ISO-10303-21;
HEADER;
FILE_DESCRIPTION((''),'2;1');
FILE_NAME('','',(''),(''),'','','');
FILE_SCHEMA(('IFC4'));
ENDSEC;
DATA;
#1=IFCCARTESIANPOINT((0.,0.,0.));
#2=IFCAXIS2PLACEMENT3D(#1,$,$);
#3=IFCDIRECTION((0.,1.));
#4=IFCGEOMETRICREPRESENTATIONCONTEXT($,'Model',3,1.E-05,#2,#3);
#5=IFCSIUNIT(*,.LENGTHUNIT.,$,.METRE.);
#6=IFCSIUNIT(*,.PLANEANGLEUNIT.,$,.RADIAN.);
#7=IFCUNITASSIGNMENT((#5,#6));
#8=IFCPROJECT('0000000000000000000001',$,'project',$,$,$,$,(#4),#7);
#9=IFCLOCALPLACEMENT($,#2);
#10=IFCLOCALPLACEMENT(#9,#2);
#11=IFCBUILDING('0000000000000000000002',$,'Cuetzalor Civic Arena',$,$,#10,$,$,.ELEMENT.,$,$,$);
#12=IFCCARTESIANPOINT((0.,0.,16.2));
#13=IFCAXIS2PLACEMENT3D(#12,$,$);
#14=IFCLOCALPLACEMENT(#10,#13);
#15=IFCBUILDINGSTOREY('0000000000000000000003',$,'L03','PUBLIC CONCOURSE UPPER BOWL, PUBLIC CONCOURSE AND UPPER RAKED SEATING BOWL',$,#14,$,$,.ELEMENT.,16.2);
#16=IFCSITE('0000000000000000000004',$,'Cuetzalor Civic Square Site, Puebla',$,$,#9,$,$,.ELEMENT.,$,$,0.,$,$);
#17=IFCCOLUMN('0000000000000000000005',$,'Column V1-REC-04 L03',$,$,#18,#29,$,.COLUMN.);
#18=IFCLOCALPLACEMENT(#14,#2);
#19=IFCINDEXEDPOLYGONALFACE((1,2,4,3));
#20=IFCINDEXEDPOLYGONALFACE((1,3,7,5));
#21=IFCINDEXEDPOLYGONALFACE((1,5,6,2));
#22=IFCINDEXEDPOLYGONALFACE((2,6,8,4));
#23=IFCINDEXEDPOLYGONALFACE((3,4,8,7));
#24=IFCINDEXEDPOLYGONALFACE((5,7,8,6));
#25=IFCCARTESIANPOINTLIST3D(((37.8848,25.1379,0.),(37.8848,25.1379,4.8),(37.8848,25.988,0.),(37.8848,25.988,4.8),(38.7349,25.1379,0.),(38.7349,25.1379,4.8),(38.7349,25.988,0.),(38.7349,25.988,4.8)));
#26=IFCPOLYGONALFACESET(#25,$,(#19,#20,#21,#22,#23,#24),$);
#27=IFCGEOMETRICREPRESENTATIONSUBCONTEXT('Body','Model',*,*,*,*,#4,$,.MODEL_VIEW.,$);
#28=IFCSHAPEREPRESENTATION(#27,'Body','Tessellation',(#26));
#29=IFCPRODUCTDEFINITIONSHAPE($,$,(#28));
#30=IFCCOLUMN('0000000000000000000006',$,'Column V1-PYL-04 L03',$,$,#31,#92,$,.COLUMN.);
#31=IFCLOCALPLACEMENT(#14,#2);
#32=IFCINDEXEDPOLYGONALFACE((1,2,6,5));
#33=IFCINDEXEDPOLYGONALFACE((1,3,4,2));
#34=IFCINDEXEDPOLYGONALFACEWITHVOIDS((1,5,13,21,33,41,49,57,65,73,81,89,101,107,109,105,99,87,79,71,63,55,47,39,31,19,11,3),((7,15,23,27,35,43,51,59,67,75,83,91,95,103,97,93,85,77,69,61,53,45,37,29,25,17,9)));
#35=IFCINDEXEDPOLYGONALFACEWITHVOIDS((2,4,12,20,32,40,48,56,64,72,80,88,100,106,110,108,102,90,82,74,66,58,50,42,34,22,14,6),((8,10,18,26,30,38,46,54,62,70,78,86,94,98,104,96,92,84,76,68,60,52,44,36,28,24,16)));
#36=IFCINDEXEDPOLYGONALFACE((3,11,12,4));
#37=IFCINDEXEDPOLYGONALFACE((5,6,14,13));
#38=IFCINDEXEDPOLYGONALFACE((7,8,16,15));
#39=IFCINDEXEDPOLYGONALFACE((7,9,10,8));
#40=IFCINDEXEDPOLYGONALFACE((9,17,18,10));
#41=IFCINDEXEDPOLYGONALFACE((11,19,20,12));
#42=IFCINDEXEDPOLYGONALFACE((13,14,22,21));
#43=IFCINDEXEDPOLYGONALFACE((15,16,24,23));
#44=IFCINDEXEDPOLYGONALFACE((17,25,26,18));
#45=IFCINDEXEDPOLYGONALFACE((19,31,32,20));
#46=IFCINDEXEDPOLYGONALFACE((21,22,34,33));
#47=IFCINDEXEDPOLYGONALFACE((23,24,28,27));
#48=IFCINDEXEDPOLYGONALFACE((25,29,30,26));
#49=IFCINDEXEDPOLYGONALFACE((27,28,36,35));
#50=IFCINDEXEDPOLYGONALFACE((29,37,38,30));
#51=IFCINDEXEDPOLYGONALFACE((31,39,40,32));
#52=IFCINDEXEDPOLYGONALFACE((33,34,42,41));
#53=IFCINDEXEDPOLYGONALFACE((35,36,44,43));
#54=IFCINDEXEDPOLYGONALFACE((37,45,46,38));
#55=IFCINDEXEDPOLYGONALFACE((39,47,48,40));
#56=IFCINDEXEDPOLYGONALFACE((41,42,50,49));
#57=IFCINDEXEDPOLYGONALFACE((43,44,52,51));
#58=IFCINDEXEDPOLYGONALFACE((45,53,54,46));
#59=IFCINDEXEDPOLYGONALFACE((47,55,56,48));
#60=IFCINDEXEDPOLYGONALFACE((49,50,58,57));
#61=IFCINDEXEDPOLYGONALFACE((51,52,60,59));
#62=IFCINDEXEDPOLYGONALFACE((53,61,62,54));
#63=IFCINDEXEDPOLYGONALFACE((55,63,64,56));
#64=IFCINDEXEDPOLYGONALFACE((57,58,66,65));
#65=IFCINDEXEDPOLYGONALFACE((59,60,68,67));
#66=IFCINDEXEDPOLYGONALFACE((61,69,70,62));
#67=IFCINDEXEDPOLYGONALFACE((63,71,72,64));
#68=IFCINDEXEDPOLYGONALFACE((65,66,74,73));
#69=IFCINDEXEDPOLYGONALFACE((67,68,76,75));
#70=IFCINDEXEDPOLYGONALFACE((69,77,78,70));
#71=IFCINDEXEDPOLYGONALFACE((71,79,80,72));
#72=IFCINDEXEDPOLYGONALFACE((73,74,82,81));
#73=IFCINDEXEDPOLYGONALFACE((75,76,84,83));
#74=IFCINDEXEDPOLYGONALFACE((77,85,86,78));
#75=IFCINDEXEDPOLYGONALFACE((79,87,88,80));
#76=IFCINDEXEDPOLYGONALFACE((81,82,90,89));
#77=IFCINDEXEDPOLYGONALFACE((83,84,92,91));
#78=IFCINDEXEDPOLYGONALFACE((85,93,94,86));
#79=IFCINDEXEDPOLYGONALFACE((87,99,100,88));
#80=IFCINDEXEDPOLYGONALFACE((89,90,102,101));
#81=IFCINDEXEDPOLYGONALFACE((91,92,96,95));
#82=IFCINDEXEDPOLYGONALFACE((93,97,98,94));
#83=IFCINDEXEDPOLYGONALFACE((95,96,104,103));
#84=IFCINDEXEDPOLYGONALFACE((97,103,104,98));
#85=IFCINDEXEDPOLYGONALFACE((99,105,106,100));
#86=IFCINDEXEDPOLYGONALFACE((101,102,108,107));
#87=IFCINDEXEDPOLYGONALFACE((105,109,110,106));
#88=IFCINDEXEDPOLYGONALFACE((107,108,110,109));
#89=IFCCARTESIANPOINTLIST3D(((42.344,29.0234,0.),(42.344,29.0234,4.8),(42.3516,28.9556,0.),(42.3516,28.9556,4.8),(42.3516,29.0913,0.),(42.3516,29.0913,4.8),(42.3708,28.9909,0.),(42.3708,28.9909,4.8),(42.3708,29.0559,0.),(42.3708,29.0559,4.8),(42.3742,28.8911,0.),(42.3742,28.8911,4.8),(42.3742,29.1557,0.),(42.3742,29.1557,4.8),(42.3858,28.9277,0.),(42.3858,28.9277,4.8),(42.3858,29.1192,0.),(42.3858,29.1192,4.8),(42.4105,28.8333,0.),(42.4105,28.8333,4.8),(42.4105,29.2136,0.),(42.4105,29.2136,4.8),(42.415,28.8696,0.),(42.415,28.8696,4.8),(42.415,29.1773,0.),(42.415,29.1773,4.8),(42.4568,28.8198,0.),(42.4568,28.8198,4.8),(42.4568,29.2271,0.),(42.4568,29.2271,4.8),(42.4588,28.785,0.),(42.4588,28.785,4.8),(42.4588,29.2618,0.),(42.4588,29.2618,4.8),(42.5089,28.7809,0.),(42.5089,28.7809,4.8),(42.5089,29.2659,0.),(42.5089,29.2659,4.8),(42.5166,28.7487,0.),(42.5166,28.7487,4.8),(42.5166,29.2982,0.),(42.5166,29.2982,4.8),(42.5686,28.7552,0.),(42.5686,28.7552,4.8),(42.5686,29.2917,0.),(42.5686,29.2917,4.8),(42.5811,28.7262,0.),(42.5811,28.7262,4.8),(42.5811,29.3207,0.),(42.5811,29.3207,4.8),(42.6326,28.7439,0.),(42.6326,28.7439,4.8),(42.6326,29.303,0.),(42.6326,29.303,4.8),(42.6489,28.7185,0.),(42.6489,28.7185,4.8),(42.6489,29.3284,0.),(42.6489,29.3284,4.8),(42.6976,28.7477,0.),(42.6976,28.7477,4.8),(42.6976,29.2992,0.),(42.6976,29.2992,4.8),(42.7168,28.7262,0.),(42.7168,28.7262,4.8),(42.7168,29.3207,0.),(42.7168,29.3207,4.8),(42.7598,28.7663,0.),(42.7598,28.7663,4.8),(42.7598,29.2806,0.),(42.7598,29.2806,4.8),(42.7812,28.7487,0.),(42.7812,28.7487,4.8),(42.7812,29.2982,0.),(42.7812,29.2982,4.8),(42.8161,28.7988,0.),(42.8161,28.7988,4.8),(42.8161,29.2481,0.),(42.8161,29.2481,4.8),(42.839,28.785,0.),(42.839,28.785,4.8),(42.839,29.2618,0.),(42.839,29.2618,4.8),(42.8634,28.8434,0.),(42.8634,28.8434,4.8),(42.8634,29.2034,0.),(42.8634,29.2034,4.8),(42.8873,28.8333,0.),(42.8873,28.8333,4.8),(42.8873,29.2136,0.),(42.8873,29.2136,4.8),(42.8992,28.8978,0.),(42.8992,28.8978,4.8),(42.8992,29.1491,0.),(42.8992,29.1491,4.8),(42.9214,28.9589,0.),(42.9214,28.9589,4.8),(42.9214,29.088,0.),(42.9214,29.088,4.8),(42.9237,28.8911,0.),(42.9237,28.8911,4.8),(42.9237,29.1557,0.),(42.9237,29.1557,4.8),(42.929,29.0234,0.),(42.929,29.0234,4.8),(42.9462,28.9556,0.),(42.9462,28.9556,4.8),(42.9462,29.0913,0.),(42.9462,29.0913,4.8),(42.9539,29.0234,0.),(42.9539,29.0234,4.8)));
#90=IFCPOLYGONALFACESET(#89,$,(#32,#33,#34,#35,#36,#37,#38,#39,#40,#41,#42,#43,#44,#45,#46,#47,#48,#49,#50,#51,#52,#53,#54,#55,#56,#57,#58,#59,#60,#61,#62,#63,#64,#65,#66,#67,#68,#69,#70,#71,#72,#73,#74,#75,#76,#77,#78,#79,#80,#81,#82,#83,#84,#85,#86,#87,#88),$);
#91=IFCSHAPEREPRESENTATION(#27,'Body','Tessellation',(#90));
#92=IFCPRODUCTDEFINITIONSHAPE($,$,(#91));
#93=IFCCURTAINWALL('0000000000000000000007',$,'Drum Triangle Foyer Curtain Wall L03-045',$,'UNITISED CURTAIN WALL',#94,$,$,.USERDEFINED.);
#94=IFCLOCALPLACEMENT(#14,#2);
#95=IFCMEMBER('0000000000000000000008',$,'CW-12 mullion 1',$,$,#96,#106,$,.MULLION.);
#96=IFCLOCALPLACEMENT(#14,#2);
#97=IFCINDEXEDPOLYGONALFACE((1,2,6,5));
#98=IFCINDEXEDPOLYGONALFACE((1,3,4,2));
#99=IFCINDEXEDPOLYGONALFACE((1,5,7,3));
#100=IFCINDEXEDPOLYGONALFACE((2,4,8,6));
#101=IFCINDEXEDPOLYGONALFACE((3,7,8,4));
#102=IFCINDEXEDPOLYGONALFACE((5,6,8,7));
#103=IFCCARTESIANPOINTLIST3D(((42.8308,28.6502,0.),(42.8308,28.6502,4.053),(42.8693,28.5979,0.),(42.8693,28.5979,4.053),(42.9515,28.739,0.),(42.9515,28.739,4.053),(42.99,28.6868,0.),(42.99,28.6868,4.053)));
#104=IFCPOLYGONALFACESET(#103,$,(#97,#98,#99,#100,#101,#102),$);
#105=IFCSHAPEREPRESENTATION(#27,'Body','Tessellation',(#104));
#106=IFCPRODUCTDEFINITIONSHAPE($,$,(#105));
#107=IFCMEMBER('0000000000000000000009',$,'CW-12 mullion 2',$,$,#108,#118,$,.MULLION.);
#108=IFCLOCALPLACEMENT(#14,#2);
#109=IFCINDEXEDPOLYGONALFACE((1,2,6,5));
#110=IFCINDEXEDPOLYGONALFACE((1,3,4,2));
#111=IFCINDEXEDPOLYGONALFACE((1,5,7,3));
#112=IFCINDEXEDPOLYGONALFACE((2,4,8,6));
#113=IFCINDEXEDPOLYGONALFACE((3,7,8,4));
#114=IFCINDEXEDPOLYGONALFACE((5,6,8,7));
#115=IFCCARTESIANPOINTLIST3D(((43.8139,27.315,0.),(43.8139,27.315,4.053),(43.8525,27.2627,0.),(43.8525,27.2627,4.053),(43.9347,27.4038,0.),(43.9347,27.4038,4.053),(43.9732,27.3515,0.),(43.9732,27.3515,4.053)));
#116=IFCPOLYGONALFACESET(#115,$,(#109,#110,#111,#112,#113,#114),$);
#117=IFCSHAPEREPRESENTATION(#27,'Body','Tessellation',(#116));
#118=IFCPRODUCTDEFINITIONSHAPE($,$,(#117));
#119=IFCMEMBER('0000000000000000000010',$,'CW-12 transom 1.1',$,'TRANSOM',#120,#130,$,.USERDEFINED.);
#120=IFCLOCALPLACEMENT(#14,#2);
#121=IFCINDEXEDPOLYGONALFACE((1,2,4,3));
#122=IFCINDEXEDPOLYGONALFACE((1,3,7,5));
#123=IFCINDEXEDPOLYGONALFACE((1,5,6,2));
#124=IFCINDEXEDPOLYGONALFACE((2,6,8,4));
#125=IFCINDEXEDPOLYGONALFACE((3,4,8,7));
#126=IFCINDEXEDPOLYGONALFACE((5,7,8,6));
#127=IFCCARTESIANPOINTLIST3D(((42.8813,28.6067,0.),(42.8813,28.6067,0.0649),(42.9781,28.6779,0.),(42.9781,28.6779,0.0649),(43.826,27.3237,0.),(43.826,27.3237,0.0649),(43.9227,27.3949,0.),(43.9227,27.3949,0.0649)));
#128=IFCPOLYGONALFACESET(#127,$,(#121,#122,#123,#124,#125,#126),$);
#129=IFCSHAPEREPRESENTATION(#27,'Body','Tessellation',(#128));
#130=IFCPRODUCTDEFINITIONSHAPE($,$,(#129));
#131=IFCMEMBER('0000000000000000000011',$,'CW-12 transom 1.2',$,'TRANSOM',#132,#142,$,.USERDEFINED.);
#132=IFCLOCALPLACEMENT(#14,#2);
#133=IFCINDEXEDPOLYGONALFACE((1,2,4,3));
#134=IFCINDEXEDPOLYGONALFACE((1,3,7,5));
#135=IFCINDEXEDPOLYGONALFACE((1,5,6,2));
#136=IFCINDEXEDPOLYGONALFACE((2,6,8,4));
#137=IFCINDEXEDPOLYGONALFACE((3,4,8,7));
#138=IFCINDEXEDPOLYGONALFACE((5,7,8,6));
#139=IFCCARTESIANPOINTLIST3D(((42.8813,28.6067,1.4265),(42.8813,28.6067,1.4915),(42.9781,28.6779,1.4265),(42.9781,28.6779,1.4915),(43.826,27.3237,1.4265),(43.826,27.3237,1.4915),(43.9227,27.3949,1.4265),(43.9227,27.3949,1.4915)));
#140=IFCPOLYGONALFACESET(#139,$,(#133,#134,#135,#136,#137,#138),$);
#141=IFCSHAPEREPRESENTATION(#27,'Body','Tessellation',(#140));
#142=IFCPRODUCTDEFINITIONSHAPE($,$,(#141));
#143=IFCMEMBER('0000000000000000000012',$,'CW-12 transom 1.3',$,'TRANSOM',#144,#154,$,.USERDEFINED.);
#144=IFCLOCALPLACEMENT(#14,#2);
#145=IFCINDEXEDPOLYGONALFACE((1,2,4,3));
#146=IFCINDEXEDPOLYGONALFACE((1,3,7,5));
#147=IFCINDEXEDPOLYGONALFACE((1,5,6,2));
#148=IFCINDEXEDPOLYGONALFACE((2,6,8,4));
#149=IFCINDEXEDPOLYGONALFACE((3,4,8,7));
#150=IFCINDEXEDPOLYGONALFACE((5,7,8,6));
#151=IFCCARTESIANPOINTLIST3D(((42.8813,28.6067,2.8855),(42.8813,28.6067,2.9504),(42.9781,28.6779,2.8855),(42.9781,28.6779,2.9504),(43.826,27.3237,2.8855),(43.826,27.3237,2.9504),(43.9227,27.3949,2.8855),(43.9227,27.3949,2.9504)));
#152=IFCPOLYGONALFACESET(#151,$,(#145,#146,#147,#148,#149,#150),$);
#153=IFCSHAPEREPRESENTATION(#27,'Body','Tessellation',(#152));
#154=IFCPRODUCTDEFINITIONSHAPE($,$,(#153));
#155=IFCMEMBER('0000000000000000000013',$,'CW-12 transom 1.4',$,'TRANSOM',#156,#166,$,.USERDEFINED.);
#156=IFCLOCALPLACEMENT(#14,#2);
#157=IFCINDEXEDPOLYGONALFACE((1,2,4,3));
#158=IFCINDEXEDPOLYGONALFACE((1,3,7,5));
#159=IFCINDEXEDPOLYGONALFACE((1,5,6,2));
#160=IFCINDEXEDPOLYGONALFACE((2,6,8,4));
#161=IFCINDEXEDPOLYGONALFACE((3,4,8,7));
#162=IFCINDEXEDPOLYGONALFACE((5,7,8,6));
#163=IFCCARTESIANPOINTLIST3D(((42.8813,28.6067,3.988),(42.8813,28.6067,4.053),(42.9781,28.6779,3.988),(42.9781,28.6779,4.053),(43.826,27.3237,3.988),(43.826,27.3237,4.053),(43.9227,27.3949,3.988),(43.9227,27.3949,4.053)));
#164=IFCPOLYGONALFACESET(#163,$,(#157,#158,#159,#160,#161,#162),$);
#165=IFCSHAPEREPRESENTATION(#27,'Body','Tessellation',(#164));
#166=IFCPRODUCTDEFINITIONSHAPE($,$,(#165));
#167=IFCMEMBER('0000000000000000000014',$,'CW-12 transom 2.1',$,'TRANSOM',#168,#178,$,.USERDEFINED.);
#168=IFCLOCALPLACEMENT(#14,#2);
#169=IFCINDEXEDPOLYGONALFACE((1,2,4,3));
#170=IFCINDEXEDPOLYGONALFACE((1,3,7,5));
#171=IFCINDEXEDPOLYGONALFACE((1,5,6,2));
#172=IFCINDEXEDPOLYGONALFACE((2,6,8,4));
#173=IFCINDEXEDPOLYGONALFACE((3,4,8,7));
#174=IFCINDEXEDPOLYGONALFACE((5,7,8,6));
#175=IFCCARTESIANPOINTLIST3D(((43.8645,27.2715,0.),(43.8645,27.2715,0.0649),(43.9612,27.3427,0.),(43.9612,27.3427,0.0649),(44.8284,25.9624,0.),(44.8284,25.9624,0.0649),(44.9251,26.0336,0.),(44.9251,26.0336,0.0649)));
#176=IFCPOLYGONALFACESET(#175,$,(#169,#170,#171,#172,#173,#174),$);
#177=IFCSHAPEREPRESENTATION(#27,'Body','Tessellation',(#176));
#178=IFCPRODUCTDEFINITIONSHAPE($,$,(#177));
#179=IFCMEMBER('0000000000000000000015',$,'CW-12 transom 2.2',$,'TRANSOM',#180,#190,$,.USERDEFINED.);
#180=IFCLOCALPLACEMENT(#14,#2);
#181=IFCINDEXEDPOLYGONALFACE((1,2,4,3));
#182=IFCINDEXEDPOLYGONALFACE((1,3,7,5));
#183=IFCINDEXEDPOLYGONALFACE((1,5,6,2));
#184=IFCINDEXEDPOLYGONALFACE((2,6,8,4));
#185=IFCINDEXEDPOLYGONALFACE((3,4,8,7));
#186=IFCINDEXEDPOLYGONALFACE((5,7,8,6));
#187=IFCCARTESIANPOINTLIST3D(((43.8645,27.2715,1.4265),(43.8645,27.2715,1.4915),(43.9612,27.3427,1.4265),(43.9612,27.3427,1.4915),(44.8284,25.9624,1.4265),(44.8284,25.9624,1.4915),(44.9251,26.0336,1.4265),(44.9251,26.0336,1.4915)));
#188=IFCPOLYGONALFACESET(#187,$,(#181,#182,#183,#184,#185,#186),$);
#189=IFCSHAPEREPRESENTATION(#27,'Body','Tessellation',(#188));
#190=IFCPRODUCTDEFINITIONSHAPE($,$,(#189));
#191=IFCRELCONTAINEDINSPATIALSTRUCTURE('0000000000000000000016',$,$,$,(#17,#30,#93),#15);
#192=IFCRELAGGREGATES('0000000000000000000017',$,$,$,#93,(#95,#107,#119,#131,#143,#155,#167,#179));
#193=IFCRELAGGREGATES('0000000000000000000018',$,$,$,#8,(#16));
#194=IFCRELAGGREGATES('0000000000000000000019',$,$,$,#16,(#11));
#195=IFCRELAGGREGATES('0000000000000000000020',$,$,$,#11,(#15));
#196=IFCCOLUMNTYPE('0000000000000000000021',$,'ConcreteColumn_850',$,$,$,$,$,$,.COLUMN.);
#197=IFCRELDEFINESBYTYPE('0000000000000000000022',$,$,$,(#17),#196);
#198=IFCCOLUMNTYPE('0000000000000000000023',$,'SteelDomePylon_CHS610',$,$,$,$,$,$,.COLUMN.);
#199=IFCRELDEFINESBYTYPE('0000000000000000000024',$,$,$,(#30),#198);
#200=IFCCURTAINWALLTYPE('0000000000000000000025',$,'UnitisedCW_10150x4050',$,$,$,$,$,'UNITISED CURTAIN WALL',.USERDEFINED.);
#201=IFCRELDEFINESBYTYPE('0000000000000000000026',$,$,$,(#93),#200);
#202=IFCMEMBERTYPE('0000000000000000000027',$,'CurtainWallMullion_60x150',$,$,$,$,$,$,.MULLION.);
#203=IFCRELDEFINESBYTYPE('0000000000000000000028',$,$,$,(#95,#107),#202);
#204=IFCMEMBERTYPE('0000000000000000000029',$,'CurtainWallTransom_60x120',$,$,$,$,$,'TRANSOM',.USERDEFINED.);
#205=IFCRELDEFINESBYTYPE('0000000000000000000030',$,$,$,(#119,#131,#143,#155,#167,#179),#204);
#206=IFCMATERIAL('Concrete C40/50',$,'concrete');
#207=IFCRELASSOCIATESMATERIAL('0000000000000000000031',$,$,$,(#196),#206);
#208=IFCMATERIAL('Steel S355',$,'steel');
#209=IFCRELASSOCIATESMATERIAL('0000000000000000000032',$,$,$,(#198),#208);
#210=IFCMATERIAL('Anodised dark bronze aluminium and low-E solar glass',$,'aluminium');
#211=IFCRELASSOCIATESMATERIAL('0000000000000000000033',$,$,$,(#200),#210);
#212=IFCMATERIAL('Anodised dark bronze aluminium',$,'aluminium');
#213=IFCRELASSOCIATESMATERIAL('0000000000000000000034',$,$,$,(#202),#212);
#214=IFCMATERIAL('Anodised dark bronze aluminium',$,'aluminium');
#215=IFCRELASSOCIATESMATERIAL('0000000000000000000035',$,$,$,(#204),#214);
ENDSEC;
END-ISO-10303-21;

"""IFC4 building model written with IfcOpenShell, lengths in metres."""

from ifc_helpers import new_model, si_unit, direction, frame, origin, origin_2d, place, context, subcontext, project, spatial, rectangle, hollow_circle, extrude, material, material_profile, profile_set, type_object, element, aggregate, save


model = new_model("IFC4")

# Units and contexts
model_context = context("Model", 3, precision=1e-05, world=origin(), true_north=direction((0.0, 1.0)))
body_context = subcontext(model_context, "Body", "Model", "MODEL_VIEW")
ifc_project = project(units=[si_unit("LENGTHUNIT", "METRE"), si_unit("PLANEANGLEUNIT", "RADIAN")], contexts=[model_context])

# Site, building, storey
site_placement = place(None, origin())
site = spatial("IfcSite", under=ifc_project, at=site_placement, Name="Cuetzalor Civic Square Site, Puebla", CompositionType="ELEMENT", RefElevation=0.0)
building_placement = place(site_placement, origin())
building = spatial("IfcBuilding", under=site, at=building_placement, Name="Cuetzalor Civic Arena", CompositionType="ELEMENT")
storey_placement = place(building_placement, frame((0.0, 0.0, 16.2)))
storey = spatial("IfcBuildingStorey", under=building, at=storey_placement, Name="L03", Description="PUBLIC CONCOURSE UPPER BOWL, PUBLIC CONCOURSE AND UPPER RAKED SEATING BOWL", CompositionType="ELEMENT", Elevation=16.2)

# Columns
ifc_material_1 = material(Name="Concrete C40/50", Category="concrete")
ifc_material_profile_1 = material_profile(ifc_material_1, rectangle(XDim=0.8501, YDim=0.8501, at=origin_2d()), Name="RC 850x850")
ifc_profile_set_1 = profile_set([ifc_material_profile_1], Name="Concrete C40/50")
column_type_1 = type_object("IfcColumnType", Name="ConcreteColumn_850", PredefinedType="COLUMN", material=ifc_profile_set_1)
column_1_placement = place(storey_placement, frame((38.3098, 25.563, 0.0), z_axis=(0.0, 0.0, 1.0), x_axis=(1.0, 0.0, 0.0)))
element("IfcColumn", 1, at=column_1_placement, inside=storey, type_object=column_type_1, Name="Column V1-REC-04 L03", PredefinedType="COLUMN", context=body_context, shape_type="SweptSolid", body=[
    extrude(rectangle(XDim=0.8501, YDim=0.8501, at=origin_2d()), origin(), (0.0, 0.0, 1.0), 4.8),
])
ifc_material_2 = material(Name="Steel S355", Category="steel")
ifc_material_profile_2 = material_profile(ifc_material_2, hollow_circle(Radius=0.3049, WallThickness=0.0249, at=origin_2d()), Name="CHS 610x25")
ifc_profile_set_2 = profile_set([ifc_material_profile_2], Name="Steel S355")
column_type_2 = type_object("IfcColumnType", Name="SteelDomePylon_CHS610", PredefinedType="COLUMN", material=ifc_profile_set_2)
column_2_placement = place(storey_placement, frame((42.6489, 29.0234, 0.0), z_axis=(0.0, 0.0, 1.0), x_axis=(1.0, 0.0, 0.0)))
element("IfcColumn", 2, at=column_2_placement, inside=storey, type_object=column_type_2, Name="Column V1-PYL-04 L03", PredefinedType="COLUMN", context=body_context, shape_type="SweptSolid", body=[
    extrude(hollow_circle(Radius=0.3049, WallThickness=0.0249, at=origin_2d()), origin(), (0.0, 0.0, 1.0), 4.8),
])

# Curtain wall, members
ifc_material_3 = material(Name="Anodised dark bronze aluminium and low-E solar glass", Category="aluminium")
curtain_wall_type = type_object("IfcCurtainWallType", Name="UnitisedCW_10150x4050", ElementType="UNITISED CURTAIN WALL", PredefinedType="USERDEFINED", material=ifc_material_3)
curtain_wall_placement = place(storey_placement, origin())
curtain_wall = element("IfcCurtainWall", 3, at=curtain_wall_placement, inside=storey, type_object=curtain_wall_type, Name="Drum Triangle Foyer Curtain Wall L03-045", ObjectType="UNITISED CURTAIN WALL", PredefinedType="USERDEFINED")
ifc_material_4 = material(Name="Anodised dark bronze aluminium", Category="aluminium")
ifc_material_profile_3 = material_profile(ifc_material_4, rectangle(XDim=0.0649, YDim=0.1499, at=origin_2d()), Name="ALU MULLION 65x150")
ifc_profile_set_3 = profile_set([ifc_material_profile_3], Name="Anodised dark bronze aluminium")
member_type_1 = type_object("IfcMemberType", Name="CurtainWallMullion_60x150", PredefinedType="MULLION", material=ifc_profile_set_3)
member_1_placement = place(storey_placement, frame((42.9104, 28.6685, 0.0), z_axis=(0.0, 0.0, 1.0), x_axis=(0.592929, -0.805255, 0.0)))
member_1 = element("IfcMember", 4, at=member_1_placement, type_object=member_type_1, Name="CW-12 mullion 1", PredefinedType="MULLION", context=body_context, shape_type="SweptSolid", body=[
    extrude(rectangle(XDim=0.0649, YDim=0.1499, at=origin_2d()), origin(), (0.0, 0.0, 1.0), 4.053),
])
member_2_placement = place(storey_placement, frame((43.8936, 27.3333, 0.0), z_axis=(0.0, 0.0, 1.0), x_axis=(0.592929, -0.805255, 0.0)))
member_2 = element("IfcMember", 5, at=member_2_placement, type_object=member_type_1, Name="CW-12 mullion 2", PredefinedType="MULLION", context=body_context, shape_type="SweptSolid", body=[
    extrude(rectangle(XDim=0.0649, YDim=0.1499, at=origin_2d()), origin(), (0.0, 0.0, 1.0), 4.053),
])
ifc_material_5 = material(Name="Anodised dark bronze aluminium", Category="aluminium")
ifc_material_profile_4 = material_profile(ifc_material_5, rectangle(XDim=0.1201, YDim=0.0649, at=origin_2d()), Name="ALU TRANSOM 65x120")
ifc_profile_set_4 = profile_set([ifc_material_profile_4], Name="Anodised dark bronze aluminium")
member_type_2 = type_object("IfcMemberType", Name="CurtainWallTransom_60x120", ElementType="TRANSOM", PredefinedType="USERDEFINED", material=ifc_profile_set_4)
member_3_placement = place(storey_placement, frame((42.9297, 28.6423, 0.0325), z_axis=(0.592891, -0.805283, 0.0), x_axis=(0.805283, 0.592891, 0.0)))
member_3 = element("IfcMember", 6, at=member_3_placement, type_object=member_type_2, Name="CW-12 transom 1.1", ObjectType="TRANSOM", PredefinedType="USERDEFINED", context=body_context, shape_type="SweptSolid", body=[
    extrude(rectangle(XDim=0.1201, YDim=0.0649, at=origin_2d()), origin(), (0.0, 0.0, 1.0), 1.5933),
])
member_4_placement = place(storey_placement, frame((42.9297, 28.6423, 1.459), z_axis=(0.592891, -0.805283, 0.0), x_axis=(0.805283, 0.592891, 0.0)))
member_4 = element("IfcMember", 7, at=member_4_placement, type_object=member_type_2, Name="CW-12 transom 1.2", ObjectType="TRANSOM", PredefinedType="USERDEFINED", context=body_context, shape_type="SweptSolid", body=[
    extrude(rectangle(XDim=0.1201, YDim=0.0649, at=origin_2d()), origin(), (0.0, 0.0, 1.0), 1.5933),
])
member_5_placement = place(storey_placement, frame((42.9297, 28.6423, 2.918), z_axis=(0.592891, -0.805283, 0.0), x_axis=(0.805283, 0.592891, 0.0)))
member_5 = element("IfcMember", 8, at=member_5_placement, type_object=member_type_2, Name="CW-12 transom 1.3", ObjectType="TRANSOM", PredefinedType="USERDEFINED", context=body_context, shape_type="SweptSolid", body=[
    extrude(rectangle(XDim=0.1201, YDim=0.0649, at=origin_2d()), origin(), (0.0, 0.0, 1.0), 1.5933),
])
member_6_placement = place(storey_placement, frame((42.9297, 28.6423, 4.0205), z_axis=(0.592891, -0.805283, 0.0), x_axis=(0.805283, 0.592891, 0.0)))
member_6 = element("IfcMember", 9, at=member_6_placement, type_object=member_type_2, Name="CW-12 transom 1.4", ObjectType="TRANSOM", PredefinedType="USERDEFINED", context=body_context, shape_type="SweptSolid", body=[
    extrude(rectangle(XDim=0.1201, YDim=0.0649, at=origin_2d()), origin(), (0.0, 0.0, 1.0), 1.5933),
])
member_7_placement = place(storey_placement, frame((43.9128, 27.3071, 0.0325), z_axis=(0.592912, -0.805267, 0.0), x_axis=(0.805267, 0.592912, 0.0)))
member_7 = element("IfcMember", 10, at=member_7_placement, type_object=member_type_2, Name="CW-12 transom 2.1", ObjectType="TRANSOM", PredefinedType="USERDEFINED", context=body_context, shape_type="SweptSolid", body=[
    extrude(rectangle(XDim=0.1201, YDim=0.0649, at=origin_2d()), origin(), (0.0, 0.0, 1.0), 1.6257),
])
member_8_placement = place(storey_placement, frame((43.9128, 27.3071, 1.459), z_axis=(0.592912, -0.805267, 0.0), x_axis=(0.805267, 0.592912, 0.0)))
member_8 = element("IfcMember", 11, at=member_8_placement, type_object=member_type_2, Name="CW-12 transom 2.2", ObjectType="TRANSOM", PredefinedType="USERDEFINED", context=body_context, shape_type="SweptSolid", body=[
    extrude(rectangle(XDim=0.1201, YDim=0.0649, at=origin_2d()), origin(), (0.0, 0.0, 1.0), 1.6257),
])

aggregate(curtain_wall, [member_1, member_2, member_3, member_4, member_5, member_6, member_7, member_8])

save(model, "model.ifc")
